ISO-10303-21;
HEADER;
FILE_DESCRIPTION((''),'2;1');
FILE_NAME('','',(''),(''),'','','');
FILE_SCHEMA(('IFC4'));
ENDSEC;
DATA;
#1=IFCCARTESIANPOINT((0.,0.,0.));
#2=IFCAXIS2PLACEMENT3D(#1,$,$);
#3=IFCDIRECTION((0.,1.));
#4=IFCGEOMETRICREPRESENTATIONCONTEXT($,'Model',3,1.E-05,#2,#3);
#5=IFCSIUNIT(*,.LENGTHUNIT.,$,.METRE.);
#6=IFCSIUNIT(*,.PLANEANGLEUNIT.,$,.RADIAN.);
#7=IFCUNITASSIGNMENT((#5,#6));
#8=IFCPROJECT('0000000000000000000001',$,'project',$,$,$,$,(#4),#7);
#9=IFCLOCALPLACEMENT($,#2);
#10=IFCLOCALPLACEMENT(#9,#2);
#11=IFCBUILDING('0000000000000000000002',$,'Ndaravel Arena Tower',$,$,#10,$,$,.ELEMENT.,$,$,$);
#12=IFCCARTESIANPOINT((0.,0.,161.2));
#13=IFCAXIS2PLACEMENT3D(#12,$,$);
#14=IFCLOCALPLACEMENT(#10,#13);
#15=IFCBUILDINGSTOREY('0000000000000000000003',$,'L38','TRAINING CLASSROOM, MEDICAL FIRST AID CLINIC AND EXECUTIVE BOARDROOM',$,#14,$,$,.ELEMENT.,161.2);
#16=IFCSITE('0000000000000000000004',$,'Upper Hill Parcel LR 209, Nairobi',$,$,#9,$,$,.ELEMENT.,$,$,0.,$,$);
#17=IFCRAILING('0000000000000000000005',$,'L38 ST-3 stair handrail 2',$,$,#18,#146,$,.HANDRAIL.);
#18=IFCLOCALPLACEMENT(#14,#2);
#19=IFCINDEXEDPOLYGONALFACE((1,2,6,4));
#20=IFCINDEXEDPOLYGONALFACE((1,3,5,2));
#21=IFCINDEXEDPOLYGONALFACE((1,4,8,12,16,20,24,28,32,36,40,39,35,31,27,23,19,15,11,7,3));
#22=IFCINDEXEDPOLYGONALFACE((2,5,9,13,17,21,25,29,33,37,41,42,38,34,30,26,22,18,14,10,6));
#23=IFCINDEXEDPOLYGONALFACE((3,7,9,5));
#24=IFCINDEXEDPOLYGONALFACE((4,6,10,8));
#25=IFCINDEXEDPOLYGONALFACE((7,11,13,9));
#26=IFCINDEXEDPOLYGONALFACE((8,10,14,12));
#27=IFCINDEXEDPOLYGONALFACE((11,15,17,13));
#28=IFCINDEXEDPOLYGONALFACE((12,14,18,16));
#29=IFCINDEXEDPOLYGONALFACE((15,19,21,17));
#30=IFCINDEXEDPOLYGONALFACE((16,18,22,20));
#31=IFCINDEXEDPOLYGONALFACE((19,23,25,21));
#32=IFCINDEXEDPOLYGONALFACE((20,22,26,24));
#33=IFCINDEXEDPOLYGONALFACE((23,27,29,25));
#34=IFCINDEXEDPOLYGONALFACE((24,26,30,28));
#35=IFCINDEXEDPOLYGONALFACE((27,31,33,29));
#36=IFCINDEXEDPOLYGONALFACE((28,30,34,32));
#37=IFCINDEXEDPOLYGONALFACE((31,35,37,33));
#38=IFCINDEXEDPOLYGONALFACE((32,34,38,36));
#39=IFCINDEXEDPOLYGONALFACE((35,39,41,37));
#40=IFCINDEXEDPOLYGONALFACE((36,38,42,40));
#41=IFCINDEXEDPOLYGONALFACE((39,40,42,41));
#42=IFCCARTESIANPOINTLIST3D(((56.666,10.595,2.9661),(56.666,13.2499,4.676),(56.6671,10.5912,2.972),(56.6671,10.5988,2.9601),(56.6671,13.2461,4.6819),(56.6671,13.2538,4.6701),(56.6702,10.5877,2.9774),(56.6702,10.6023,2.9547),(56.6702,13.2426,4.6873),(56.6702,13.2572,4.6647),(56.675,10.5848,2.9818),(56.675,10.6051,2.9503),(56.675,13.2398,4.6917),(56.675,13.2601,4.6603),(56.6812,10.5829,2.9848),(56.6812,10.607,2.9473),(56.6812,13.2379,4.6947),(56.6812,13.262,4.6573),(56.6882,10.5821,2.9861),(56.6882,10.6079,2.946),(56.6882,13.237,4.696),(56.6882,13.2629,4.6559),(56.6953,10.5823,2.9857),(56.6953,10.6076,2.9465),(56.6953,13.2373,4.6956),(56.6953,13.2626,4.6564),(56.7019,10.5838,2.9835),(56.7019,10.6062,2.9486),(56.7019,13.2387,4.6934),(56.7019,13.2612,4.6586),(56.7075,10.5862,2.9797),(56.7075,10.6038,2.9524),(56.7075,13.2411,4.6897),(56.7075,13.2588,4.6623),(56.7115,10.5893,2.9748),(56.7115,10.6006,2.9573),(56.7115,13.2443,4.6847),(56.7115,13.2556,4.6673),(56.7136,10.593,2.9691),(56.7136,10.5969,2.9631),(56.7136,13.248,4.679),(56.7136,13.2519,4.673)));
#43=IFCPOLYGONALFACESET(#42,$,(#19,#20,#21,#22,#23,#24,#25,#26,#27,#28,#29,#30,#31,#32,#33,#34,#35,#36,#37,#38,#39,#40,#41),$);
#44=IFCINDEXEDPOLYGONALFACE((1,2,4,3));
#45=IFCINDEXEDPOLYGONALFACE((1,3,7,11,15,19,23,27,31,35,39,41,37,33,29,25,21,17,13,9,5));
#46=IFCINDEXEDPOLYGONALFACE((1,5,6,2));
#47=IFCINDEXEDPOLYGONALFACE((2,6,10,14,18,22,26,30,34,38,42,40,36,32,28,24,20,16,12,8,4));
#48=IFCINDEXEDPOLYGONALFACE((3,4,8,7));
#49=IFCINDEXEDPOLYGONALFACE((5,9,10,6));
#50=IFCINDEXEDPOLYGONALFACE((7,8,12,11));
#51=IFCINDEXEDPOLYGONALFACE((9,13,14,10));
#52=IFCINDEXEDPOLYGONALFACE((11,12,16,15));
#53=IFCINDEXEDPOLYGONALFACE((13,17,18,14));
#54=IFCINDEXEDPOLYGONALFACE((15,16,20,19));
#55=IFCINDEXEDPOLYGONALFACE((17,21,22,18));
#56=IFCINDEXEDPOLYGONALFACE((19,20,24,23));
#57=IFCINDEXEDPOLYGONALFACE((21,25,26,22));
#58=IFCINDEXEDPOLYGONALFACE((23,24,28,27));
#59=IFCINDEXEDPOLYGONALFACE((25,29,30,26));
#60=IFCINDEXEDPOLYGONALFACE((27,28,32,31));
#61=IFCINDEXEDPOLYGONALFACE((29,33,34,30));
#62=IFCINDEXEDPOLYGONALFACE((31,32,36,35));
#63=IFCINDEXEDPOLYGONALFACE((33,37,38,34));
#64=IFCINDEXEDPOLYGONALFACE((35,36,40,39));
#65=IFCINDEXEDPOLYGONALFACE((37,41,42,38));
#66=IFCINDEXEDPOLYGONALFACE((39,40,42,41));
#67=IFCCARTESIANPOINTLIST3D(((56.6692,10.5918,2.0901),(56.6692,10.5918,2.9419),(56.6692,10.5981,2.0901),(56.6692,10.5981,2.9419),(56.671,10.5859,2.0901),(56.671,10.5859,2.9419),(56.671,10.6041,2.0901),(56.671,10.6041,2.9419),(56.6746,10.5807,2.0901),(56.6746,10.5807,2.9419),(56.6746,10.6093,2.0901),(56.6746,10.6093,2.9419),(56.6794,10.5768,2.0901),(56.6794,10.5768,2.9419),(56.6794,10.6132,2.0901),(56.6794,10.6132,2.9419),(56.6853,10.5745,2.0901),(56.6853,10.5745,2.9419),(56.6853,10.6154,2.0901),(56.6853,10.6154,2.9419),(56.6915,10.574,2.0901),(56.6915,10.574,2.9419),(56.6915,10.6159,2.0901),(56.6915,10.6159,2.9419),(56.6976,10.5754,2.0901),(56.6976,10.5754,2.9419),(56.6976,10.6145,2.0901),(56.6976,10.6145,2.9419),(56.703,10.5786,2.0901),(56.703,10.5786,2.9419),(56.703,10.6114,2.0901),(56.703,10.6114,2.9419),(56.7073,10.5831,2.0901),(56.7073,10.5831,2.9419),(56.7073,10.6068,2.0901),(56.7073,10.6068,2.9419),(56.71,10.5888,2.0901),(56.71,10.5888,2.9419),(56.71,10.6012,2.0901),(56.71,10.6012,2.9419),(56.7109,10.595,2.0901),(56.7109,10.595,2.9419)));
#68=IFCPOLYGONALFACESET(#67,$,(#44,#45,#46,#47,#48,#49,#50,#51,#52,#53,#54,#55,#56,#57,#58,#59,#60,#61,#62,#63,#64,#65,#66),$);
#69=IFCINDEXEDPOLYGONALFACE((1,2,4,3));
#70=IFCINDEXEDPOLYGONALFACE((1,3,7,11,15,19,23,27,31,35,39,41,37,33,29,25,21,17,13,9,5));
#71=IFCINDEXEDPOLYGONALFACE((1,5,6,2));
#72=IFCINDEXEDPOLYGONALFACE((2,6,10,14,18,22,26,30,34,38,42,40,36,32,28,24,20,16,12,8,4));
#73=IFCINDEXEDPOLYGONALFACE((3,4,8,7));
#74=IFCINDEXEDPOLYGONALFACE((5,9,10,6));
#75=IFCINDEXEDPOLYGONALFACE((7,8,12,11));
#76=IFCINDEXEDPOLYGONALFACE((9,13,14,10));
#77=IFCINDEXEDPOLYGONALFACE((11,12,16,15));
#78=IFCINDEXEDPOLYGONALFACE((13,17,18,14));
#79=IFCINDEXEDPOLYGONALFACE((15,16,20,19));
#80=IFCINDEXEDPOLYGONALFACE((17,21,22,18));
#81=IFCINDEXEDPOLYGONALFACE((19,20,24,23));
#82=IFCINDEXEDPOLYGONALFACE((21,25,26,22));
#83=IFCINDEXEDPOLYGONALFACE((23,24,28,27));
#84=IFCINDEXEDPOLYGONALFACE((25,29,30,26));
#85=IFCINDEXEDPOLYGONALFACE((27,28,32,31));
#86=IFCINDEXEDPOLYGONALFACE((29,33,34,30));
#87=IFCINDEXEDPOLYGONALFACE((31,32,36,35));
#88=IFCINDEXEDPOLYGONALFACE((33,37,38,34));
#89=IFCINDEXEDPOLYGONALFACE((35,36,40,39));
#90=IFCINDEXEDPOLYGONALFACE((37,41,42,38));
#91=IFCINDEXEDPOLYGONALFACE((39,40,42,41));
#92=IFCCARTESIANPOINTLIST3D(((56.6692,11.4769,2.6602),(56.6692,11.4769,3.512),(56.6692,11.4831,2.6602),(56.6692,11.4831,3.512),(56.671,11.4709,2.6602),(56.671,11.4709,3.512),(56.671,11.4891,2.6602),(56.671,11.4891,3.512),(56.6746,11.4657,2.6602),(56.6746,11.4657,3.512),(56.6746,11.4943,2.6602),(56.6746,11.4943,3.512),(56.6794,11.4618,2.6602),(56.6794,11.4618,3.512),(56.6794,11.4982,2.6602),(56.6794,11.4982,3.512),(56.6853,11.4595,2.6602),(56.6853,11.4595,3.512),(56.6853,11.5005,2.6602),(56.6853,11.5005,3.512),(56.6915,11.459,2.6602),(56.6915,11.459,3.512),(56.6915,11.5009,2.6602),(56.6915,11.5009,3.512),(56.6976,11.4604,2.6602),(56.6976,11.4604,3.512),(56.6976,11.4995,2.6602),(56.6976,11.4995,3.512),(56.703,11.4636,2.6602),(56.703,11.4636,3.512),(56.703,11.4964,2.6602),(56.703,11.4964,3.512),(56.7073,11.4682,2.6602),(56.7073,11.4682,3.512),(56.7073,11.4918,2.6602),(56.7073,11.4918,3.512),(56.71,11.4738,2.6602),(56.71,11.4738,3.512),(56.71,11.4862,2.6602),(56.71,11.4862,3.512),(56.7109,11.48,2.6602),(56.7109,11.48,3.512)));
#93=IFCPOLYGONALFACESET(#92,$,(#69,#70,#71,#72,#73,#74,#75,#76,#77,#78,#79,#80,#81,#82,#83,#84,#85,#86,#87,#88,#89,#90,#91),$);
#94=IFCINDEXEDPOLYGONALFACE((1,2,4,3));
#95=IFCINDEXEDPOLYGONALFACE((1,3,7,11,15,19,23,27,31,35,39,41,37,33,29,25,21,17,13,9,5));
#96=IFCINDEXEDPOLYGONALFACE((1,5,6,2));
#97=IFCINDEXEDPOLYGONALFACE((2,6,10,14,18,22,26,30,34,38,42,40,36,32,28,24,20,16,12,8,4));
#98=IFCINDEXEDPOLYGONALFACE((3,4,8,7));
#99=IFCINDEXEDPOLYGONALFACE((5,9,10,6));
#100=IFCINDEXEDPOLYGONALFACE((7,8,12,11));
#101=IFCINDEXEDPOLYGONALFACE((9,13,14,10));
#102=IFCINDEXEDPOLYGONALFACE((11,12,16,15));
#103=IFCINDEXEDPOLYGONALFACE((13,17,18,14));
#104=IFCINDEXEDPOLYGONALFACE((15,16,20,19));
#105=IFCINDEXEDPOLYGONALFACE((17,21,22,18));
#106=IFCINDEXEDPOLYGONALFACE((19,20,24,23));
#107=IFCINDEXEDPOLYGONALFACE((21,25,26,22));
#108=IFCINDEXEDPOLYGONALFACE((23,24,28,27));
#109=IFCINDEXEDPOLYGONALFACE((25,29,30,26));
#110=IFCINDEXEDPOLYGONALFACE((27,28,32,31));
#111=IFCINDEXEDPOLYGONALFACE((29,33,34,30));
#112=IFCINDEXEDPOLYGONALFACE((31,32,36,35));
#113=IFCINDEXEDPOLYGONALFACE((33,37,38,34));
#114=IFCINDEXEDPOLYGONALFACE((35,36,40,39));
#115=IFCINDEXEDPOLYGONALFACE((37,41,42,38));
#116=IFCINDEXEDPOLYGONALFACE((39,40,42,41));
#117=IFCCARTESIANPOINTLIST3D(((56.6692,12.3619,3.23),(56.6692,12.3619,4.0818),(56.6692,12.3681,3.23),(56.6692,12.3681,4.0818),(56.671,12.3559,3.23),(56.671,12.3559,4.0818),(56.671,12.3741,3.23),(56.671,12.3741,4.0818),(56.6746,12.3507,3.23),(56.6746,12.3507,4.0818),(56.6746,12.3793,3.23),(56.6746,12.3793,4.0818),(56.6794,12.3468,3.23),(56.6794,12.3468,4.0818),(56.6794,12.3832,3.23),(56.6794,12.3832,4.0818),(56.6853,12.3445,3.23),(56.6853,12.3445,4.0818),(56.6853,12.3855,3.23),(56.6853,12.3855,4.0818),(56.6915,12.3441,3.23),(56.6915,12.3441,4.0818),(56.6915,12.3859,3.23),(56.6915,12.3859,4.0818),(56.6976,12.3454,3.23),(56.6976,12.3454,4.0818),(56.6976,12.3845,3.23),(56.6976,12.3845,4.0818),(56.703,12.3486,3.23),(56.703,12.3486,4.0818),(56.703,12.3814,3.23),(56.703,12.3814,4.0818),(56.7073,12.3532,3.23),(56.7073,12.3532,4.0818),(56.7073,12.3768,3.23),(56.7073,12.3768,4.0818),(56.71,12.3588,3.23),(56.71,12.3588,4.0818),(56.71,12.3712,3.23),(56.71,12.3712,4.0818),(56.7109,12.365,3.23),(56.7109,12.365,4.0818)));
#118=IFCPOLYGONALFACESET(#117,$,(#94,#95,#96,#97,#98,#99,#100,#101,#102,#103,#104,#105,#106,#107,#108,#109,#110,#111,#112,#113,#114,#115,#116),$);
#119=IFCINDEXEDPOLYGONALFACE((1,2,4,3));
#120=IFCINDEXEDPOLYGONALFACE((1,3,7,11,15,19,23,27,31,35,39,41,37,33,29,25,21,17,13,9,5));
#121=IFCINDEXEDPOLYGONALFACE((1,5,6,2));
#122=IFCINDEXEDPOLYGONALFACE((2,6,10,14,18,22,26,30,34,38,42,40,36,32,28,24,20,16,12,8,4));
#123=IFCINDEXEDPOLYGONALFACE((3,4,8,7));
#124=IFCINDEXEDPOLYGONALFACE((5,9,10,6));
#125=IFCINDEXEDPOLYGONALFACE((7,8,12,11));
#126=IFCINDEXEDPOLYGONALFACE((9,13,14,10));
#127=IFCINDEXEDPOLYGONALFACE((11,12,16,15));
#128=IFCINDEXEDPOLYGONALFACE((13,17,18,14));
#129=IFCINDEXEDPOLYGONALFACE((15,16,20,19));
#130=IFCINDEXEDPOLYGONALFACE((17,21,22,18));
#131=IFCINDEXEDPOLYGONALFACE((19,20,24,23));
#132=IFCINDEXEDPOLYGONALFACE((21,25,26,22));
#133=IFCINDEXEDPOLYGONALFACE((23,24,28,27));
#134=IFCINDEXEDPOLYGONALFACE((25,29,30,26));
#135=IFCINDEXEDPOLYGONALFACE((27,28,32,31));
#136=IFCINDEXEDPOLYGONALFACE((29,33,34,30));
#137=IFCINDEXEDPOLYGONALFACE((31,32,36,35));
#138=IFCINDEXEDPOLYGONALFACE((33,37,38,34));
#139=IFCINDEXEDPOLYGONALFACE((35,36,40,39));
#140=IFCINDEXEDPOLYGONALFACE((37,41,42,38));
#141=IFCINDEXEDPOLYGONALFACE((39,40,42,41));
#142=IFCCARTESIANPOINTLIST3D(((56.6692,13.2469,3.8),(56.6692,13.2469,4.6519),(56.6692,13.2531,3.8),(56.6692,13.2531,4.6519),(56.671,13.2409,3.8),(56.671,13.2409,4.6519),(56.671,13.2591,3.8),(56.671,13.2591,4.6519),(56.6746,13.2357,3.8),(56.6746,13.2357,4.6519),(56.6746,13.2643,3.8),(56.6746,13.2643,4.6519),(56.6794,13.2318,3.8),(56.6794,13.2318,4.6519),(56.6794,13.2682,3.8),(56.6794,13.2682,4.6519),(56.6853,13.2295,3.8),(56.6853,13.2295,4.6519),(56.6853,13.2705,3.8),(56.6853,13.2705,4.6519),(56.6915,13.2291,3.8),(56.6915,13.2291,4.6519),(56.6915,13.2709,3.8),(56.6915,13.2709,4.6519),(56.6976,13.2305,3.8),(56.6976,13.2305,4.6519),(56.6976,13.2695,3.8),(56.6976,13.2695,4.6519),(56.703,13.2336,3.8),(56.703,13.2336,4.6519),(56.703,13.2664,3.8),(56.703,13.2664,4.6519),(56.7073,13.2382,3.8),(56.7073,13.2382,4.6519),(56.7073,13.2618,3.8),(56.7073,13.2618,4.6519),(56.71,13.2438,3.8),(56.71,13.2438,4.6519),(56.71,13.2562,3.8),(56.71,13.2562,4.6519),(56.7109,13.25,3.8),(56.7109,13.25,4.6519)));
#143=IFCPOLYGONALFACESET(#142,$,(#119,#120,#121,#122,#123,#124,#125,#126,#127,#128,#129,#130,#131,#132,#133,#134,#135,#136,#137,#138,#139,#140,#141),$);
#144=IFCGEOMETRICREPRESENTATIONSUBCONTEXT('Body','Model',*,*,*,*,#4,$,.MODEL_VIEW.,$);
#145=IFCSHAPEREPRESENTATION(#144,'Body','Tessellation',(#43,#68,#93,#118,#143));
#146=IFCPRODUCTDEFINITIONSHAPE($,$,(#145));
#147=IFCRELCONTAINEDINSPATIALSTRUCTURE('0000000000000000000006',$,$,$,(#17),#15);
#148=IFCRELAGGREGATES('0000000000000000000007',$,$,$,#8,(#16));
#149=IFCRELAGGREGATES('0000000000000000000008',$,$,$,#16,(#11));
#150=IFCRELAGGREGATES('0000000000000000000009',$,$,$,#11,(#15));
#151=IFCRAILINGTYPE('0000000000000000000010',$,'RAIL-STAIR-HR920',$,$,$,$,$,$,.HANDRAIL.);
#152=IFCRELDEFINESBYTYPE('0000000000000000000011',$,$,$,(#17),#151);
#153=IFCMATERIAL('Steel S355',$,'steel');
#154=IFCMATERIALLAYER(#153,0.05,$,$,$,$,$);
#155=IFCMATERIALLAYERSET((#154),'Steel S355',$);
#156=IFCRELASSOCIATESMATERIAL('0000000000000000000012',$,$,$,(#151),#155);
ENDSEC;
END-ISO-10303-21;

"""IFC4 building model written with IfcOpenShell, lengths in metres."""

from ifc_helpers import new_model, si_unit, direction, frame, origin, origin_2d, place, context, subcontext, project, spatial, circle, extrude, material, layer, layer_set, type_object, element, save


model = new_model("IFC4")

# Units and contexts
model_context = context("Model", 3, precision=1e-05, world=origin(), true_north=direction((0.0, 1.0)))
body_context = subcontext(model_context, "Body", "Model", "MODEL_VIEW")
ifc_project = project(units=[si_unit("LENGTHUNIT", "METRE"), si_unit("PLANEANGLEUNIT", "RADIAN")], contexts=[model_context])

# Site, building, storey
site_placement = place(None, origin())
site = spatial("IfcSite", under=ifc_project, at=site_placement, Name="Upper Hill Parcel LR 209, Nairobi", CompositionType="ELEMENT", RefElevation=0.0)
building_placement = place(site_placement, origin())
building = spatial("IfcBuilding", under=site, at=building_placement, Name="Ndaravel Arena Tower", CompositionType="ELEMENT")
storey_placement = place(building_placement, frame((0.0, 0.0, 161.2)))
storey = spatial("IfcBuildingStorey", under=building, at=storey_placement, Name="L38", Description="TRAINING CLASSROOM, MEDICAL FIRST AID CLINIC AND EXECUTIVE BOARDROOM", CompositionType="ELEMENT", Elevation=161.2)

# Railing
ifc_material_1 = material(Name="Steel S355", Category="steel")
ifc_layer_1 = layer(ifc_material_1, 0.05)
ifc_layer_set_1 = layer_set([ifc_layer_1], Name="Steel S355")
railing_type_1 = type_object("IfcRailingType", Name="RAIL-STAIR-HR920", PredefinedType="HANDRAIL", material=ifc_layer_set_1)
railing_1_placement = place(storey_placement, frame((56.6899, 10.595, 2.0901)))
element("IfcRailing", 1, at=railing_1_placement, inside=storey, type_object=railing_type_1, Name="L38 ST-3 stair handrail 2", PredefinedType="HANDRAIL", context=body_context, shape_type="SweptSolid", body=[
    extrude(circle(Radius=0.0239, at=origin_2d()), frame((0.0, 0.0, 0.876), z_axis=(0.0, 0.840724, 0.541465), x_axis=(-1.0, 0.0, 0.0)), (0.0, 0.0, 1.0), 3.158),
    extrude(circle(Radius=0.021, at=origin_2d()), origin(), (0.0, 0.0, 1.0), 0.8518),
    extrude(circle(Radius=0.021, at=origin_2d()), frame((0.0, 0.885, 0.5701)), (0.0, 0.0, 1.0), 0.8518),
    extrude(circle(Radius=0.021, at=origin_2d()), frame((0.0, 1.77, 1.1399)), (0.0, 0.0, 1.0), 0.8518),
    extrude(circle(Radius=0.021, at=origin_2d()), frame((0.0, 2.655, 1.71)), (0.0, 0.0, 1.0), 0.8518),
])

save(model, "model.ifc")
